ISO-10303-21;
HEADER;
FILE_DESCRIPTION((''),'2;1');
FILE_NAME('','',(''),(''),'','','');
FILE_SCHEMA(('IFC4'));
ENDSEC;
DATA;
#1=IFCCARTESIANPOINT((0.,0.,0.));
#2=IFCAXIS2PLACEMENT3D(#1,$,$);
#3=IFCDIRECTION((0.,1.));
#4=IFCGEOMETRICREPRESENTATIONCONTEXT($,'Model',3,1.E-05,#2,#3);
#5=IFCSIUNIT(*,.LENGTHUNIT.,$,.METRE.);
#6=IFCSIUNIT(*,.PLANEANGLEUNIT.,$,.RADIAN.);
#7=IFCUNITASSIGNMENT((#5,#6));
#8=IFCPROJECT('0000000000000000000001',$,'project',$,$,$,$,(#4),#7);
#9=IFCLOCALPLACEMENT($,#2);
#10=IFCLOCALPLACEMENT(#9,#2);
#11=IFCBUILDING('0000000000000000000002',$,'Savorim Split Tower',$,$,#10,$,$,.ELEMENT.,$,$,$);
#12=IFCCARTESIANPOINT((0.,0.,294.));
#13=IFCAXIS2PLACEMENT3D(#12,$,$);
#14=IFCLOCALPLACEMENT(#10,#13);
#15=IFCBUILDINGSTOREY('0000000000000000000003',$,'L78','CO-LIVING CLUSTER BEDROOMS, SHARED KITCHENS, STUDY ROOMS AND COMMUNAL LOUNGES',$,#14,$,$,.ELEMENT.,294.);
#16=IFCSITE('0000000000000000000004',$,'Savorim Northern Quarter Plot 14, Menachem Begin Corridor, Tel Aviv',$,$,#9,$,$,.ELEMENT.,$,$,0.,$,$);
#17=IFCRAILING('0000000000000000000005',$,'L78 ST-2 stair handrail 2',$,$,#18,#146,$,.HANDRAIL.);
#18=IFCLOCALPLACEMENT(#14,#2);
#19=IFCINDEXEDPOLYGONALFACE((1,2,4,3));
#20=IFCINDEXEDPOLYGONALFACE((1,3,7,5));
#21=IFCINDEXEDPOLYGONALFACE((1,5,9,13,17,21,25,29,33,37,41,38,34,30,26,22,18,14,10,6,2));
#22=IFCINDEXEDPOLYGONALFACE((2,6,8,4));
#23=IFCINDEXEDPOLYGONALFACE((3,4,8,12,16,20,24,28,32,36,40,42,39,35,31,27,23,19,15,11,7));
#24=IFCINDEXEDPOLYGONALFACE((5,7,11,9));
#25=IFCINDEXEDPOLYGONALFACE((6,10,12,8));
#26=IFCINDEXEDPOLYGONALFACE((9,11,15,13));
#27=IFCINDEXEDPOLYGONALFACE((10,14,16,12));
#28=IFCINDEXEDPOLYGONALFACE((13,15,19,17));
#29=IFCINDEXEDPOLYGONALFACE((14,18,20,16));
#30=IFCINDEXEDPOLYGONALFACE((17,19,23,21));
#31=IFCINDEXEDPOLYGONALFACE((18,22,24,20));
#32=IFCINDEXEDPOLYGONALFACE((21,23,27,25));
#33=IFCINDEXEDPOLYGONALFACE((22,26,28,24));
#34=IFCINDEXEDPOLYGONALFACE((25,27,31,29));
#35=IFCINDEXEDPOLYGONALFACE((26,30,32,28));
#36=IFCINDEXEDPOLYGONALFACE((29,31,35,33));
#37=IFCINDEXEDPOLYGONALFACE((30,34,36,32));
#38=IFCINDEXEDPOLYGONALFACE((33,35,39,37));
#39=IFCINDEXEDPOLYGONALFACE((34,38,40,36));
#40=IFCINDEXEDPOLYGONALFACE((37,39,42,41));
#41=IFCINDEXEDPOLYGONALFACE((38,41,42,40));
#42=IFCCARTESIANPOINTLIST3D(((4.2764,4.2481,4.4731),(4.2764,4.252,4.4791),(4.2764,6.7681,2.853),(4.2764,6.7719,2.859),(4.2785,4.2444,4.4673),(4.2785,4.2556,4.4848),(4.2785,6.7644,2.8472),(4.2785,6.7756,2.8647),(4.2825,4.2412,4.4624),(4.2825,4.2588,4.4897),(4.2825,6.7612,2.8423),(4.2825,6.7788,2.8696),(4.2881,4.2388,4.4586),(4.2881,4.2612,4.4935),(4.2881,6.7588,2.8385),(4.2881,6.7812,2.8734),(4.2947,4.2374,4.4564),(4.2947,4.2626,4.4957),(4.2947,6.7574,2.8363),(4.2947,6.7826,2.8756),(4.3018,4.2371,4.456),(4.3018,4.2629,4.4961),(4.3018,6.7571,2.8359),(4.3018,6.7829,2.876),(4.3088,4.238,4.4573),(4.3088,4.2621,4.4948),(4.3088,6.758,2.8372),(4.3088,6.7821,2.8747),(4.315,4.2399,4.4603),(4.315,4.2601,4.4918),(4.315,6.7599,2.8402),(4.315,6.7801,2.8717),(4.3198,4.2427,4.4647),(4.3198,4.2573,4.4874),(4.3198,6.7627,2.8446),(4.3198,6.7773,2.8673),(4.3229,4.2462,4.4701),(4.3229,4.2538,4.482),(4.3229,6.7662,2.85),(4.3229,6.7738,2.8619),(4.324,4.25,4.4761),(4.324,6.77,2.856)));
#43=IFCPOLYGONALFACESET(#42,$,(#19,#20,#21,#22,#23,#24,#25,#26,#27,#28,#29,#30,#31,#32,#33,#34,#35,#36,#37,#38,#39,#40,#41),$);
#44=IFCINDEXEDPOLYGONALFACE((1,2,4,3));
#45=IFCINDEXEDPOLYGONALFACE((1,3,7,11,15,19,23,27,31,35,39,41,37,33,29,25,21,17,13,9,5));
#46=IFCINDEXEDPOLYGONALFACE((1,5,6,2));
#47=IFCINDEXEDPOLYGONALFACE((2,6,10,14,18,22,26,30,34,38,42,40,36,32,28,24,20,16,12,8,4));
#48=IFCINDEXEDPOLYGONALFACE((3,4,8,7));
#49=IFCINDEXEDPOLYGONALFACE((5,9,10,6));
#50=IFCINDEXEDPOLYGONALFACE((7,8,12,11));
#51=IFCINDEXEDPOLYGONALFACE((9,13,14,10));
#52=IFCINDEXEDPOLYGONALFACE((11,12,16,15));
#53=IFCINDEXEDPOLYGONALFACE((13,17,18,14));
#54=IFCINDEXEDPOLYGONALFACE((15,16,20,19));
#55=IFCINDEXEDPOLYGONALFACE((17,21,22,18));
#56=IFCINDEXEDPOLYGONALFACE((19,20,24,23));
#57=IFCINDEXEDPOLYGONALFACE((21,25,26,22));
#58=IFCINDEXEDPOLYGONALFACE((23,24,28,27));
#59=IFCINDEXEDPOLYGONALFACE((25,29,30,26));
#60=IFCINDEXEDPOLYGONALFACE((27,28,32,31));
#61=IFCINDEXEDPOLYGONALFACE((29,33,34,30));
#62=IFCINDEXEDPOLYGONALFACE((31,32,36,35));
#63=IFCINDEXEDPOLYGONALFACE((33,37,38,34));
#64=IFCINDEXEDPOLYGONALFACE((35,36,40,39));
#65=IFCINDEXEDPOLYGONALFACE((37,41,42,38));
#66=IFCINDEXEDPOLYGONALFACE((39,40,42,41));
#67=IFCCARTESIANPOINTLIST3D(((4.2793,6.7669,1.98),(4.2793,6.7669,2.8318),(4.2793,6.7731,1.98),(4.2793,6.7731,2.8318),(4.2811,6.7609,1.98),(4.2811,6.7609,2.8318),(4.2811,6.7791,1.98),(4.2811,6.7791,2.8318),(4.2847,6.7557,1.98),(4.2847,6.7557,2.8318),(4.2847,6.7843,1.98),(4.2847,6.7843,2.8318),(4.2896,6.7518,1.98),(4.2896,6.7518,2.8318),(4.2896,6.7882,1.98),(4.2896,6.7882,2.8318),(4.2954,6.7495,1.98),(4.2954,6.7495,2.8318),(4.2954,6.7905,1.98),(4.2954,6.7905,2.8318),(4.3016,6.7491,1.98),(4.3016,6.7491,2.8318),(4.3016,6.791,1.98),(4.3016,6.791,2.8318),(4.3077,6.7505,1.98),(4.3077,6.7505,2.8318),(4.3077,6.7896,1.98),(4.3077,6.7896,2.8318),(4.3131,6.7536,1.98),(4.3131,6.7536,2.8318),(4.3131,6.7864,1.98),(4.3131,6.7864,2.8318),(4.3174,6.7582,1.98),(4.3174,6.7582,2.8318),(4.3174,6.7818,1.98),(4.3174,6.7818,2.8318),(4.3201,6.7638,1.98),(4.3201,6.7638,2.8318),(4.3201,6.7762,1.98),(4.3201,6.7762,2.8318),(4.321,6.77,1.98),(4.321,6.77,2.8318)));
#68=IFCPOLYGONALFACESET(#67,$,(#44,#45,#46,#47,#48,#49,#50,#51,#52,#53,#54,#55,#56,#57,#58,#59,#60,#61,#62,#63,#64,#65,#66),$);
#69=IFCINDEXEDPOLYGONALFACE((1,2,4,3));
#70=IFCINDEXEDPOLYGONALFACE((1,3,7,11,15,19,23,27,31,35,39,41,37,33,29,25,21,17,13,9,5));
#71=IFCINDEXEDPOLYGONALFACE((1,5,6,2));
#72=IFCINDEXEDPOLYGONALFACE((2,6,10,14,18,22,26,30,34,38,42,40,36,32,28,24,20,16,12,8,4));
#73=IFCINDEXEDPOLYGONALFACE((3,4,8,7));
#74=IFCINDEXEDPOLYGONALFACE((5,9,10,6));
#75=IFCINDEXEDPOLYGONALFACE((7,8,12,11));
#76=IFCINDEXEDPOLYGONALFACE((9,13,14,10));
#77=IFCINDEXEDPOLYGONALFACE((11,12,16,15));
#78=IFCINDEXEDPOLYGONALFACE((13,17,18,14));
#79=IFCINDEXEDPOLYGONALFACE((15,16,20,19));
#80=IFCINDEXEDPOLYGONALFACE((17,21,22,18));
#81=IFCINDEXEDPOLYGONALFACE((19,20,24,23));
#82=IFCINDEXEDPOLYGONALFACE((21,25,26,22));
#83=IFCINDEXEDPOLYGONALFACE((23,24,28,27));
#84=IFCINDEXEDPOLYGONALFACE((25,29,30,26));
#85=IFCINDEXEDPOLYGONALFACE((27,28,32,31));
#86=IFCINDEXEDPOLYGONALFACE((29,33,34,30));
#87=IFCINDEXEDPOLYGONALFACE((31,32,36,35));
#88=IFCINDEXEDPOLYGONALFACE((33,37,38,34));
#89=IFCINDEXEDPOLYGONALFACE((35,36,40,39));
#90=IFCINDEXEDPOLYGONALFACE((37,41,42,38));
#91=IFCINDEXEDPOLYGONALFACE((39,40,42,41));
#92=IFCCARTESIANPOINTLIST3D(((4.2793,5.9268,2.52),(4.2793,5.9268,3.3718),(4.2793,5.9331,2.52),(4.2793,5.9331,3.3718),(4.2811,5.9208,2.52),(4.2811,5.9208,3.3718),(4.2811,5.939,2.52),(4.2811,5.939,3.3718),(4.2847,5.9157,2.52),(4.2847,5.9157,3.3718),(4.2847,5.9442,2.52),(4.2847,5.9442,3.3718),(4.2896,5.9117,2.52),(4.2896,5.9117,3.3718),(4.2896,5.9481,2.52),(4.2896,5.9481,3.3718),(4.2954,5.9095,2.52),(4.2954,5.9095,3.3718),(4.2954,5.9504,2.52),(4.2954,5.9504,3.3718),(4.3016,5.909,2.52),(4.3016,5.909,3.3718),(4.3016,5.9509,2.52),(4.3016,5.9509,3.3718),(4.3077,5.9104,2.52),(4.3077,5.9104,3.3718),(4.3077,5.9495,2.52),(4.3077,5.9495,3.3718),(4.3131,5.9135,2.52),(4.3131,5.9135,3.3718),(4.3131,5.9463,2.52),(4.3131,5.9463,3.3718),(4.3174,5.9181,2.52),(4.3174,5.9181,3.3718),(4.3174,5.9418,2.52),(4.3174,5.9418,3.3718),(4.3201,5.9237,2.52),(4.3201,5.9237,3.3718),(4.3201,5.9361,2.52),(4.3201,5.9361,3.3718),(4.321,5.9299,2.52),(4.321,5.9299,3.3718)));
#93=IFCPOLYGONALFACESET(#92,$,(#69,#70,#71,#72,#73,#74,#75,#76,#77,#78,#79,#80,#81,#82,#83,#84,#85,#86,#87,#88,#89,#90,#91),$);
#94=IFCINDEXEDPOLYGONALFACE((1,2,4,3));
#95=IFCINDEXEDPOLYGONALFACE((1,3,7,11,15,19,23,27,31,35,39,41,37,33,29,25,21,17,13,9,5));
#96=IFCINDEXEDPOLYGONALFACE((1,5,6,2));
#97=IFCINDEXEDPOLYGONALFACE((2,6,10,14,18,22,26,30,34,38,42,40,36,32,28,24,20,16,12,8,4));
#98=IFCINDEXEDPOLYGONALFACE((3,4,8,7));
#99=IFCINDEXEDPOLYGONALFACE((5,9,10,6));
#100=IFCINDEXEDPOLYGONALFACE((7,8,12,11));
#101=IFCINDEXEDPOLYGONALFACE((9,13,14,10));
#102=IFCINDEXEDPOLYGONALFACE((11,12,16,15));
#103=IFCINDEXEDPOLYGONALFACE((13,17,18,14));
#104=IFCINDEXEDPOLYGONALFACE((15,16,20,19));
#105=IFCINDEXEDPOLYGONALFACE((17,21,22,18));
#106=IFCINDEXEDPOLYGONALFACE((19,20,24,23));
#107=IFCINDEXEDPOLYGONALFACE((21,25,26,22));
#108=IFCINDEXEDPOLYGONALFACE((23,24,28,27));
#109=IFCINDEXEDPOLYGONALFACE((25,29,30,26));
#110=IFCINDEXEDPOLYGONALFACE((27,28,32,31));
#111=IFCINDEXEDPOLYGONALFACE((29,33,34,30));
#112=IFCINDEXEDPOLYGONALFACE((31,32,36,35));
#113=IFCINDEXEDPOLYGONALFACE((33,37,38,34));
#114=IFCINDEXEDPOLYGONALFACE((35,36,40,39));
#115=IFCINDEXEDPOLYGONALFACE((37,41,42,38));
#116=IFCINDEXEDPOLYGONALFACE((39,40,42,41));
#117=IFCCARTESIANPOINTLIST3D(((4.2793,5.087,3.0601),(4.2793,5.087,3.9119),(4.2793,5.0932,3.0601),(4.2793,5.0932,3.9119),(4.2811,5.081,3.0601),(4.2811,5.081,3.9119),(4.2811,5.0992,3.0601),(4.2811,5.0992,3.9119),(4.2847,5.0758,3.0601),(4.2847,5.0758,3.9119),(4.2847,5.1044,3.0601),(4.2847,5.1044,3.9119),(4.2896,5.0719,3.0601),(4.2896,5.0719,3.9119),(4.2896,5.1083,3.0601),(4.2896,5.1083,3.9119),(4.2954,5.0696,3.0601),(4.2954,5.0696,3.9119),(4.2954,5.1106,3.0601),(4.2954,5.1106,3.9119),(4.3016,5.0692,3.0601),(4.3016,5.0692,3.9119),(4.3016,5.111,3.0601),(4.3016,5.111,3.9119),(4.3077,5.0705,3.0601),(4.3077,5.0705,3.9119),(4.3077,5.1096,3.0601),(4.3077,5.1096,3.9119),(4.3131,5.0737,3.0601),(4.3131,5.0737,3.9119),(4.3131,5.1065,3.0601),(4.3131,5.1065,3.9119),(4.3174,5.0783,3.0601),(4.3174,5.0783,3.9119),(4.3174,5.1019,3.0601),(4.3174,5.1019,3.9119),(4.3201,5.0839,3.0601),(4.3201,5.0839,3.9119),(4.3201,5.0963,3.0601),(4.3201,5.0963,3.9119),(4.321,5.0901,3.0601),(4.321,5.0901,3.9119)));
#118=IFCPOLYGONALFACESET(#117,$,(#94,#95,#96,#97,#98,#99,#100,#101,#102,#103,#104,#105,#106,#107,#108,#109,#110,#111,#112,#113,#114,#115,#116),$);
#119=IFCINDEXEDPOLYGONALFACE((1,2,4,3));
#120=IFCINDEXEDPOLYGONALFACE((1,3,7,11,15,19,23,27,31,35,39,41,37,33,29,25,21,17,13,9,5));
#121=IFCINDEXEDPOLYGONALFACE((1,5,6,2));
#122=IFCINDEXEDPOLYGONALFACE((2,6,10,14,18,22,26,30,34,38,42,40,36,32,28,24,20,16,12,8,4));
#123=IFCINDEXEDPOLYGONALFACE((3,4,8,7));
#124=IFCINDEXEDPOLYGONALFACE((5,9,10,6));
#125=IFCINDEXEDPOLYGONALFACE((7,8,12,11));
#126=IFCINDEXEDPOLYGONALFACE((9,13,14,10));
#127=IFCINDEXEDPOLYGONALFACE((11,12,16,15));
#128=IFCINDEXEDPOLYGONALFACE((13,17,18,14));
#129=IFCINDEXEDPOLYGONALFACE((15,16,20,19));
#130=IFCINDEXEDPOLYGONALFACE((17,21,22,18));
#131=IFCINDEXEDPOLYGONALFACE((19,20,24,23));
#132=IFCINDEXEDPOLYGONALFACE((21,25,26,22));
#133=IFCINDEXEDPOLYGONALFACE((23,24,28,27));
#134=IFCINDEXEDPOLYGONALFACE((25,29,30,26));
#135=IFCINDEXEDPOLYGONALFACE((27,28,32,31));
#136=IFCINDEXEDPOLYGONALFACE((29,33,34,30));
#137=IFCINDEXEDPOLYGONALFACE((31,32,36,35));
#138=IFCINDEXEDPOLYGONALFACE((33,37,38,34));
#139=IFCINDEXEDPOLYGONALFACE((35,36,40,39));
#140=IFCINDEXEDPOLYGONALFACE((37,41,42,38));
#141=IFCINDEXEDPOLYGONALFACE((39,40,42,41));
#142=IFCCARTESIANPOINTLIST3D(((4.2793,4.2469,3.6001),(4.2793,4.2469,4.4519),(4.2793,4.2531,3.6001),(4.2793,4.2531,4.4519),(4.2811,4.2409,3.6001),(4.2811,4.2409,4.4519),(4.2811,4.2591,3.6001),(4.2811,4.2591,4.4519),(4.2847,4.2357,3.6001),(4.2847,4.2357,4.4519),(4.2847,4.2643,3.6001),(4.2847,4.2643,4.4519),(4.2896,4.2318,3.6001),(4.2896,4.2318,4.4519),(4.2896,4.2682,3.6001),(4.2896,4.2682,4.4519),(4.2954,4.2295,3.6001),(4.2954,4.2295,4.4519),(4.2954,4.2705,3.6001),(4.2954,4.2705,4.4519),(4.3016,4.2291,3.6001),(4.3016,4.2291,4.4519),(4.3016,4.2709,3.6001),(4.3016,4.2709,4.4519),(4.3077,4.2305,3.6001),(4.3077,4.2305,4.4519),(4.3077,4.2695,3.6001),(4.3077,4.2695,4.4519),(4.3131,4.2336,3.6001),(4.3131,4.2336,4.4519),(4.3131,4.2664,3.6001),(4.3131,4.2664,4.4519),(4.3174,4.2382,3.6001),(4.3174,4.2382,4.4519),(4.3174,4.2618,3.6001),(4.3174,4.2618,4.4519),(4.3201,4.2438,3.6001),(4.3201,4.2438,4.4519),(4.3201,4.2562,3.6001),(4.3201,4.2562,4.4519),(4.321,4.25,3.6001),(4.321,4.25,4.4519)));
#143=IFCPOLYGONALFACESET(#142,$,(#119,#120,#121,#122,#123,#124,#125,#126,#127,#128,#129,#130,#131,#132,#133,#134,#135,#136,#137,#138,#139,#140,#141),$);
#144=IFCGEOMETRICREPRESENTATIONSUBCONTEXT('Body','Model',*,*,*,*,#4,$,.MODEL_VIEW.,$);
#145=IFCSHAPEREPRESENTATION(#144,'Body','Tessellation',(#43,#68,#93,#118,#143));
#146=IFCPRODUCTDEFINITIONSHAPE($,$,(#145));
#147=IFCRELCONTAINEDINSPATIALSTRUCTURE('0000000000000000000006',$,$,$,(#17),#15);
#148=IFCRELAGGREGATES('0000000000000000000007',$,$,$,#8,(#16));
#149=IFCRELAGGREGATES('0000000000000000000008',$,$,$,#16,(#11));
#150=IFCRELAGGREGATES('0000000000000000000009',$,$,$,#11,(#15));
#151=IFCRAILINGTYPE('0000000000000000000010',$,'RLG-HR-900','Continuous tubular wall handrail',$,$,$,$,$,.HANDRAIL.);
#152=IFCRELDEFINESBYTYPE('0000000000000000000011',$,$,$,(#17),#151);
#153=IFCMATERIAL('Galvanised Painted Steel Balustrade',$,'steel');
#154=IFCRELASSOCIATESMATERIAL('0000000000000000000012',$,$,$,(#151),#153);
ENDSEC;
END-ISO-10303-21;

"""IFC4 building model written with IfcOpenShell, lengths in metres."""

from ifc_helpers import new_model, si_unit, direction, frame, origin, origin_2d, place, context, subcontext, project, spatial, circle, extrude, material, type_object, element, save


model = new_model("IFC4")

# Units and contexts
model_context = context("Model", 3, precision=1e-05, world=origin(), true_north=direction((0.0, 1.0)))
body_context = subcontext(model_context, "Body", "Model", "MODEL_VIEW")
ifc_project = project(units=[si_unit("LENGTHUNIT", "METRE"), si_unit("PLANEANGLEUNIT", "RADIAN")], contexts=[model_context])

# Site, building, storey
site_placement = place(None, origin())
site = spatial("IfcSite", under=ifc_project, at=site_placement, Name="Savorim Northern Quarter Plot 14, Menachem Begin Corridor, Tel Aviv", CompositionType="ELEMENT", RefElevation=0.0)
building_placement = place(site_placement, origin())
building = spatial("IfcBuilding", under=site, at=building_placement, Name="Savorim Split Tower", CompositionType="ELEMENT")
storey_placement = place(building_placement, frame((0.0, 0.0, 294.0)))
storey = spatial("IfcBuildingStorey", under=building, at=storey_placement, Name="L78", Description="CO-LIVING CLUSTER BEDROOMS, SHARED KITCHENS, STUDY ROOMS AND COMMUNAL LOUNGES", CompositionType="ELEMENT", Elevation=294.0)

# Railing
ifc_material_1 = material(Name="Galvanised Painted Steel Balustrade", Category="steel")
railing_type_1 = type_object("IfcRailingType", Name="RLG-HR-900", Description="Continuous tubular wall handrail", PredefinedType="HANDRAIL", material=ifc_material_1)
railing_1_placement = place(storey_placement, frame((4.3, 6.77, 1.98)))
element("IfcRailing", 1, at=railing_1_placement, inside=storey, type_object=railing_type_1, Name="L78 ST-2 stair handrail 2", PredefinedType="HANDRAIL", context=body_context, shape_type="SweptSolid", body=[
    extrude(circle(Radius=0.0239, at=origin_2d()), frame((0.0, 0.0, 0.876), z_axis=(0.0, -0.841163, 0.540782), x_axis=(1.0, 0.0, 0.0)), (0.0, 0.0, 1.0), 2.9958),
    extrude(circle(Radius=0.021, at=origin_2d()), origin(), (0.0, 0.0, 1.0), 0.8518),
    extrude(circle(Radius=0.021, at=origin_2d()), frame((0.0, -0.8401, 0.54)), (0.0, 0.0, 1.0), 0.8518),
    extrude(circle(Radius=0.021, at=origin_2d()), frame((0.0, -1.6799, 1.0801)), (0.0, 0.0, 1.0), 0.8518),
    extrude(circle(Radius=0.021, at=origin_2d()), frame((0.0, -2.52, 1.6201)), (0.0, 0.0, 1.0), 0.8518),
])

save(model, "model.ifc")
